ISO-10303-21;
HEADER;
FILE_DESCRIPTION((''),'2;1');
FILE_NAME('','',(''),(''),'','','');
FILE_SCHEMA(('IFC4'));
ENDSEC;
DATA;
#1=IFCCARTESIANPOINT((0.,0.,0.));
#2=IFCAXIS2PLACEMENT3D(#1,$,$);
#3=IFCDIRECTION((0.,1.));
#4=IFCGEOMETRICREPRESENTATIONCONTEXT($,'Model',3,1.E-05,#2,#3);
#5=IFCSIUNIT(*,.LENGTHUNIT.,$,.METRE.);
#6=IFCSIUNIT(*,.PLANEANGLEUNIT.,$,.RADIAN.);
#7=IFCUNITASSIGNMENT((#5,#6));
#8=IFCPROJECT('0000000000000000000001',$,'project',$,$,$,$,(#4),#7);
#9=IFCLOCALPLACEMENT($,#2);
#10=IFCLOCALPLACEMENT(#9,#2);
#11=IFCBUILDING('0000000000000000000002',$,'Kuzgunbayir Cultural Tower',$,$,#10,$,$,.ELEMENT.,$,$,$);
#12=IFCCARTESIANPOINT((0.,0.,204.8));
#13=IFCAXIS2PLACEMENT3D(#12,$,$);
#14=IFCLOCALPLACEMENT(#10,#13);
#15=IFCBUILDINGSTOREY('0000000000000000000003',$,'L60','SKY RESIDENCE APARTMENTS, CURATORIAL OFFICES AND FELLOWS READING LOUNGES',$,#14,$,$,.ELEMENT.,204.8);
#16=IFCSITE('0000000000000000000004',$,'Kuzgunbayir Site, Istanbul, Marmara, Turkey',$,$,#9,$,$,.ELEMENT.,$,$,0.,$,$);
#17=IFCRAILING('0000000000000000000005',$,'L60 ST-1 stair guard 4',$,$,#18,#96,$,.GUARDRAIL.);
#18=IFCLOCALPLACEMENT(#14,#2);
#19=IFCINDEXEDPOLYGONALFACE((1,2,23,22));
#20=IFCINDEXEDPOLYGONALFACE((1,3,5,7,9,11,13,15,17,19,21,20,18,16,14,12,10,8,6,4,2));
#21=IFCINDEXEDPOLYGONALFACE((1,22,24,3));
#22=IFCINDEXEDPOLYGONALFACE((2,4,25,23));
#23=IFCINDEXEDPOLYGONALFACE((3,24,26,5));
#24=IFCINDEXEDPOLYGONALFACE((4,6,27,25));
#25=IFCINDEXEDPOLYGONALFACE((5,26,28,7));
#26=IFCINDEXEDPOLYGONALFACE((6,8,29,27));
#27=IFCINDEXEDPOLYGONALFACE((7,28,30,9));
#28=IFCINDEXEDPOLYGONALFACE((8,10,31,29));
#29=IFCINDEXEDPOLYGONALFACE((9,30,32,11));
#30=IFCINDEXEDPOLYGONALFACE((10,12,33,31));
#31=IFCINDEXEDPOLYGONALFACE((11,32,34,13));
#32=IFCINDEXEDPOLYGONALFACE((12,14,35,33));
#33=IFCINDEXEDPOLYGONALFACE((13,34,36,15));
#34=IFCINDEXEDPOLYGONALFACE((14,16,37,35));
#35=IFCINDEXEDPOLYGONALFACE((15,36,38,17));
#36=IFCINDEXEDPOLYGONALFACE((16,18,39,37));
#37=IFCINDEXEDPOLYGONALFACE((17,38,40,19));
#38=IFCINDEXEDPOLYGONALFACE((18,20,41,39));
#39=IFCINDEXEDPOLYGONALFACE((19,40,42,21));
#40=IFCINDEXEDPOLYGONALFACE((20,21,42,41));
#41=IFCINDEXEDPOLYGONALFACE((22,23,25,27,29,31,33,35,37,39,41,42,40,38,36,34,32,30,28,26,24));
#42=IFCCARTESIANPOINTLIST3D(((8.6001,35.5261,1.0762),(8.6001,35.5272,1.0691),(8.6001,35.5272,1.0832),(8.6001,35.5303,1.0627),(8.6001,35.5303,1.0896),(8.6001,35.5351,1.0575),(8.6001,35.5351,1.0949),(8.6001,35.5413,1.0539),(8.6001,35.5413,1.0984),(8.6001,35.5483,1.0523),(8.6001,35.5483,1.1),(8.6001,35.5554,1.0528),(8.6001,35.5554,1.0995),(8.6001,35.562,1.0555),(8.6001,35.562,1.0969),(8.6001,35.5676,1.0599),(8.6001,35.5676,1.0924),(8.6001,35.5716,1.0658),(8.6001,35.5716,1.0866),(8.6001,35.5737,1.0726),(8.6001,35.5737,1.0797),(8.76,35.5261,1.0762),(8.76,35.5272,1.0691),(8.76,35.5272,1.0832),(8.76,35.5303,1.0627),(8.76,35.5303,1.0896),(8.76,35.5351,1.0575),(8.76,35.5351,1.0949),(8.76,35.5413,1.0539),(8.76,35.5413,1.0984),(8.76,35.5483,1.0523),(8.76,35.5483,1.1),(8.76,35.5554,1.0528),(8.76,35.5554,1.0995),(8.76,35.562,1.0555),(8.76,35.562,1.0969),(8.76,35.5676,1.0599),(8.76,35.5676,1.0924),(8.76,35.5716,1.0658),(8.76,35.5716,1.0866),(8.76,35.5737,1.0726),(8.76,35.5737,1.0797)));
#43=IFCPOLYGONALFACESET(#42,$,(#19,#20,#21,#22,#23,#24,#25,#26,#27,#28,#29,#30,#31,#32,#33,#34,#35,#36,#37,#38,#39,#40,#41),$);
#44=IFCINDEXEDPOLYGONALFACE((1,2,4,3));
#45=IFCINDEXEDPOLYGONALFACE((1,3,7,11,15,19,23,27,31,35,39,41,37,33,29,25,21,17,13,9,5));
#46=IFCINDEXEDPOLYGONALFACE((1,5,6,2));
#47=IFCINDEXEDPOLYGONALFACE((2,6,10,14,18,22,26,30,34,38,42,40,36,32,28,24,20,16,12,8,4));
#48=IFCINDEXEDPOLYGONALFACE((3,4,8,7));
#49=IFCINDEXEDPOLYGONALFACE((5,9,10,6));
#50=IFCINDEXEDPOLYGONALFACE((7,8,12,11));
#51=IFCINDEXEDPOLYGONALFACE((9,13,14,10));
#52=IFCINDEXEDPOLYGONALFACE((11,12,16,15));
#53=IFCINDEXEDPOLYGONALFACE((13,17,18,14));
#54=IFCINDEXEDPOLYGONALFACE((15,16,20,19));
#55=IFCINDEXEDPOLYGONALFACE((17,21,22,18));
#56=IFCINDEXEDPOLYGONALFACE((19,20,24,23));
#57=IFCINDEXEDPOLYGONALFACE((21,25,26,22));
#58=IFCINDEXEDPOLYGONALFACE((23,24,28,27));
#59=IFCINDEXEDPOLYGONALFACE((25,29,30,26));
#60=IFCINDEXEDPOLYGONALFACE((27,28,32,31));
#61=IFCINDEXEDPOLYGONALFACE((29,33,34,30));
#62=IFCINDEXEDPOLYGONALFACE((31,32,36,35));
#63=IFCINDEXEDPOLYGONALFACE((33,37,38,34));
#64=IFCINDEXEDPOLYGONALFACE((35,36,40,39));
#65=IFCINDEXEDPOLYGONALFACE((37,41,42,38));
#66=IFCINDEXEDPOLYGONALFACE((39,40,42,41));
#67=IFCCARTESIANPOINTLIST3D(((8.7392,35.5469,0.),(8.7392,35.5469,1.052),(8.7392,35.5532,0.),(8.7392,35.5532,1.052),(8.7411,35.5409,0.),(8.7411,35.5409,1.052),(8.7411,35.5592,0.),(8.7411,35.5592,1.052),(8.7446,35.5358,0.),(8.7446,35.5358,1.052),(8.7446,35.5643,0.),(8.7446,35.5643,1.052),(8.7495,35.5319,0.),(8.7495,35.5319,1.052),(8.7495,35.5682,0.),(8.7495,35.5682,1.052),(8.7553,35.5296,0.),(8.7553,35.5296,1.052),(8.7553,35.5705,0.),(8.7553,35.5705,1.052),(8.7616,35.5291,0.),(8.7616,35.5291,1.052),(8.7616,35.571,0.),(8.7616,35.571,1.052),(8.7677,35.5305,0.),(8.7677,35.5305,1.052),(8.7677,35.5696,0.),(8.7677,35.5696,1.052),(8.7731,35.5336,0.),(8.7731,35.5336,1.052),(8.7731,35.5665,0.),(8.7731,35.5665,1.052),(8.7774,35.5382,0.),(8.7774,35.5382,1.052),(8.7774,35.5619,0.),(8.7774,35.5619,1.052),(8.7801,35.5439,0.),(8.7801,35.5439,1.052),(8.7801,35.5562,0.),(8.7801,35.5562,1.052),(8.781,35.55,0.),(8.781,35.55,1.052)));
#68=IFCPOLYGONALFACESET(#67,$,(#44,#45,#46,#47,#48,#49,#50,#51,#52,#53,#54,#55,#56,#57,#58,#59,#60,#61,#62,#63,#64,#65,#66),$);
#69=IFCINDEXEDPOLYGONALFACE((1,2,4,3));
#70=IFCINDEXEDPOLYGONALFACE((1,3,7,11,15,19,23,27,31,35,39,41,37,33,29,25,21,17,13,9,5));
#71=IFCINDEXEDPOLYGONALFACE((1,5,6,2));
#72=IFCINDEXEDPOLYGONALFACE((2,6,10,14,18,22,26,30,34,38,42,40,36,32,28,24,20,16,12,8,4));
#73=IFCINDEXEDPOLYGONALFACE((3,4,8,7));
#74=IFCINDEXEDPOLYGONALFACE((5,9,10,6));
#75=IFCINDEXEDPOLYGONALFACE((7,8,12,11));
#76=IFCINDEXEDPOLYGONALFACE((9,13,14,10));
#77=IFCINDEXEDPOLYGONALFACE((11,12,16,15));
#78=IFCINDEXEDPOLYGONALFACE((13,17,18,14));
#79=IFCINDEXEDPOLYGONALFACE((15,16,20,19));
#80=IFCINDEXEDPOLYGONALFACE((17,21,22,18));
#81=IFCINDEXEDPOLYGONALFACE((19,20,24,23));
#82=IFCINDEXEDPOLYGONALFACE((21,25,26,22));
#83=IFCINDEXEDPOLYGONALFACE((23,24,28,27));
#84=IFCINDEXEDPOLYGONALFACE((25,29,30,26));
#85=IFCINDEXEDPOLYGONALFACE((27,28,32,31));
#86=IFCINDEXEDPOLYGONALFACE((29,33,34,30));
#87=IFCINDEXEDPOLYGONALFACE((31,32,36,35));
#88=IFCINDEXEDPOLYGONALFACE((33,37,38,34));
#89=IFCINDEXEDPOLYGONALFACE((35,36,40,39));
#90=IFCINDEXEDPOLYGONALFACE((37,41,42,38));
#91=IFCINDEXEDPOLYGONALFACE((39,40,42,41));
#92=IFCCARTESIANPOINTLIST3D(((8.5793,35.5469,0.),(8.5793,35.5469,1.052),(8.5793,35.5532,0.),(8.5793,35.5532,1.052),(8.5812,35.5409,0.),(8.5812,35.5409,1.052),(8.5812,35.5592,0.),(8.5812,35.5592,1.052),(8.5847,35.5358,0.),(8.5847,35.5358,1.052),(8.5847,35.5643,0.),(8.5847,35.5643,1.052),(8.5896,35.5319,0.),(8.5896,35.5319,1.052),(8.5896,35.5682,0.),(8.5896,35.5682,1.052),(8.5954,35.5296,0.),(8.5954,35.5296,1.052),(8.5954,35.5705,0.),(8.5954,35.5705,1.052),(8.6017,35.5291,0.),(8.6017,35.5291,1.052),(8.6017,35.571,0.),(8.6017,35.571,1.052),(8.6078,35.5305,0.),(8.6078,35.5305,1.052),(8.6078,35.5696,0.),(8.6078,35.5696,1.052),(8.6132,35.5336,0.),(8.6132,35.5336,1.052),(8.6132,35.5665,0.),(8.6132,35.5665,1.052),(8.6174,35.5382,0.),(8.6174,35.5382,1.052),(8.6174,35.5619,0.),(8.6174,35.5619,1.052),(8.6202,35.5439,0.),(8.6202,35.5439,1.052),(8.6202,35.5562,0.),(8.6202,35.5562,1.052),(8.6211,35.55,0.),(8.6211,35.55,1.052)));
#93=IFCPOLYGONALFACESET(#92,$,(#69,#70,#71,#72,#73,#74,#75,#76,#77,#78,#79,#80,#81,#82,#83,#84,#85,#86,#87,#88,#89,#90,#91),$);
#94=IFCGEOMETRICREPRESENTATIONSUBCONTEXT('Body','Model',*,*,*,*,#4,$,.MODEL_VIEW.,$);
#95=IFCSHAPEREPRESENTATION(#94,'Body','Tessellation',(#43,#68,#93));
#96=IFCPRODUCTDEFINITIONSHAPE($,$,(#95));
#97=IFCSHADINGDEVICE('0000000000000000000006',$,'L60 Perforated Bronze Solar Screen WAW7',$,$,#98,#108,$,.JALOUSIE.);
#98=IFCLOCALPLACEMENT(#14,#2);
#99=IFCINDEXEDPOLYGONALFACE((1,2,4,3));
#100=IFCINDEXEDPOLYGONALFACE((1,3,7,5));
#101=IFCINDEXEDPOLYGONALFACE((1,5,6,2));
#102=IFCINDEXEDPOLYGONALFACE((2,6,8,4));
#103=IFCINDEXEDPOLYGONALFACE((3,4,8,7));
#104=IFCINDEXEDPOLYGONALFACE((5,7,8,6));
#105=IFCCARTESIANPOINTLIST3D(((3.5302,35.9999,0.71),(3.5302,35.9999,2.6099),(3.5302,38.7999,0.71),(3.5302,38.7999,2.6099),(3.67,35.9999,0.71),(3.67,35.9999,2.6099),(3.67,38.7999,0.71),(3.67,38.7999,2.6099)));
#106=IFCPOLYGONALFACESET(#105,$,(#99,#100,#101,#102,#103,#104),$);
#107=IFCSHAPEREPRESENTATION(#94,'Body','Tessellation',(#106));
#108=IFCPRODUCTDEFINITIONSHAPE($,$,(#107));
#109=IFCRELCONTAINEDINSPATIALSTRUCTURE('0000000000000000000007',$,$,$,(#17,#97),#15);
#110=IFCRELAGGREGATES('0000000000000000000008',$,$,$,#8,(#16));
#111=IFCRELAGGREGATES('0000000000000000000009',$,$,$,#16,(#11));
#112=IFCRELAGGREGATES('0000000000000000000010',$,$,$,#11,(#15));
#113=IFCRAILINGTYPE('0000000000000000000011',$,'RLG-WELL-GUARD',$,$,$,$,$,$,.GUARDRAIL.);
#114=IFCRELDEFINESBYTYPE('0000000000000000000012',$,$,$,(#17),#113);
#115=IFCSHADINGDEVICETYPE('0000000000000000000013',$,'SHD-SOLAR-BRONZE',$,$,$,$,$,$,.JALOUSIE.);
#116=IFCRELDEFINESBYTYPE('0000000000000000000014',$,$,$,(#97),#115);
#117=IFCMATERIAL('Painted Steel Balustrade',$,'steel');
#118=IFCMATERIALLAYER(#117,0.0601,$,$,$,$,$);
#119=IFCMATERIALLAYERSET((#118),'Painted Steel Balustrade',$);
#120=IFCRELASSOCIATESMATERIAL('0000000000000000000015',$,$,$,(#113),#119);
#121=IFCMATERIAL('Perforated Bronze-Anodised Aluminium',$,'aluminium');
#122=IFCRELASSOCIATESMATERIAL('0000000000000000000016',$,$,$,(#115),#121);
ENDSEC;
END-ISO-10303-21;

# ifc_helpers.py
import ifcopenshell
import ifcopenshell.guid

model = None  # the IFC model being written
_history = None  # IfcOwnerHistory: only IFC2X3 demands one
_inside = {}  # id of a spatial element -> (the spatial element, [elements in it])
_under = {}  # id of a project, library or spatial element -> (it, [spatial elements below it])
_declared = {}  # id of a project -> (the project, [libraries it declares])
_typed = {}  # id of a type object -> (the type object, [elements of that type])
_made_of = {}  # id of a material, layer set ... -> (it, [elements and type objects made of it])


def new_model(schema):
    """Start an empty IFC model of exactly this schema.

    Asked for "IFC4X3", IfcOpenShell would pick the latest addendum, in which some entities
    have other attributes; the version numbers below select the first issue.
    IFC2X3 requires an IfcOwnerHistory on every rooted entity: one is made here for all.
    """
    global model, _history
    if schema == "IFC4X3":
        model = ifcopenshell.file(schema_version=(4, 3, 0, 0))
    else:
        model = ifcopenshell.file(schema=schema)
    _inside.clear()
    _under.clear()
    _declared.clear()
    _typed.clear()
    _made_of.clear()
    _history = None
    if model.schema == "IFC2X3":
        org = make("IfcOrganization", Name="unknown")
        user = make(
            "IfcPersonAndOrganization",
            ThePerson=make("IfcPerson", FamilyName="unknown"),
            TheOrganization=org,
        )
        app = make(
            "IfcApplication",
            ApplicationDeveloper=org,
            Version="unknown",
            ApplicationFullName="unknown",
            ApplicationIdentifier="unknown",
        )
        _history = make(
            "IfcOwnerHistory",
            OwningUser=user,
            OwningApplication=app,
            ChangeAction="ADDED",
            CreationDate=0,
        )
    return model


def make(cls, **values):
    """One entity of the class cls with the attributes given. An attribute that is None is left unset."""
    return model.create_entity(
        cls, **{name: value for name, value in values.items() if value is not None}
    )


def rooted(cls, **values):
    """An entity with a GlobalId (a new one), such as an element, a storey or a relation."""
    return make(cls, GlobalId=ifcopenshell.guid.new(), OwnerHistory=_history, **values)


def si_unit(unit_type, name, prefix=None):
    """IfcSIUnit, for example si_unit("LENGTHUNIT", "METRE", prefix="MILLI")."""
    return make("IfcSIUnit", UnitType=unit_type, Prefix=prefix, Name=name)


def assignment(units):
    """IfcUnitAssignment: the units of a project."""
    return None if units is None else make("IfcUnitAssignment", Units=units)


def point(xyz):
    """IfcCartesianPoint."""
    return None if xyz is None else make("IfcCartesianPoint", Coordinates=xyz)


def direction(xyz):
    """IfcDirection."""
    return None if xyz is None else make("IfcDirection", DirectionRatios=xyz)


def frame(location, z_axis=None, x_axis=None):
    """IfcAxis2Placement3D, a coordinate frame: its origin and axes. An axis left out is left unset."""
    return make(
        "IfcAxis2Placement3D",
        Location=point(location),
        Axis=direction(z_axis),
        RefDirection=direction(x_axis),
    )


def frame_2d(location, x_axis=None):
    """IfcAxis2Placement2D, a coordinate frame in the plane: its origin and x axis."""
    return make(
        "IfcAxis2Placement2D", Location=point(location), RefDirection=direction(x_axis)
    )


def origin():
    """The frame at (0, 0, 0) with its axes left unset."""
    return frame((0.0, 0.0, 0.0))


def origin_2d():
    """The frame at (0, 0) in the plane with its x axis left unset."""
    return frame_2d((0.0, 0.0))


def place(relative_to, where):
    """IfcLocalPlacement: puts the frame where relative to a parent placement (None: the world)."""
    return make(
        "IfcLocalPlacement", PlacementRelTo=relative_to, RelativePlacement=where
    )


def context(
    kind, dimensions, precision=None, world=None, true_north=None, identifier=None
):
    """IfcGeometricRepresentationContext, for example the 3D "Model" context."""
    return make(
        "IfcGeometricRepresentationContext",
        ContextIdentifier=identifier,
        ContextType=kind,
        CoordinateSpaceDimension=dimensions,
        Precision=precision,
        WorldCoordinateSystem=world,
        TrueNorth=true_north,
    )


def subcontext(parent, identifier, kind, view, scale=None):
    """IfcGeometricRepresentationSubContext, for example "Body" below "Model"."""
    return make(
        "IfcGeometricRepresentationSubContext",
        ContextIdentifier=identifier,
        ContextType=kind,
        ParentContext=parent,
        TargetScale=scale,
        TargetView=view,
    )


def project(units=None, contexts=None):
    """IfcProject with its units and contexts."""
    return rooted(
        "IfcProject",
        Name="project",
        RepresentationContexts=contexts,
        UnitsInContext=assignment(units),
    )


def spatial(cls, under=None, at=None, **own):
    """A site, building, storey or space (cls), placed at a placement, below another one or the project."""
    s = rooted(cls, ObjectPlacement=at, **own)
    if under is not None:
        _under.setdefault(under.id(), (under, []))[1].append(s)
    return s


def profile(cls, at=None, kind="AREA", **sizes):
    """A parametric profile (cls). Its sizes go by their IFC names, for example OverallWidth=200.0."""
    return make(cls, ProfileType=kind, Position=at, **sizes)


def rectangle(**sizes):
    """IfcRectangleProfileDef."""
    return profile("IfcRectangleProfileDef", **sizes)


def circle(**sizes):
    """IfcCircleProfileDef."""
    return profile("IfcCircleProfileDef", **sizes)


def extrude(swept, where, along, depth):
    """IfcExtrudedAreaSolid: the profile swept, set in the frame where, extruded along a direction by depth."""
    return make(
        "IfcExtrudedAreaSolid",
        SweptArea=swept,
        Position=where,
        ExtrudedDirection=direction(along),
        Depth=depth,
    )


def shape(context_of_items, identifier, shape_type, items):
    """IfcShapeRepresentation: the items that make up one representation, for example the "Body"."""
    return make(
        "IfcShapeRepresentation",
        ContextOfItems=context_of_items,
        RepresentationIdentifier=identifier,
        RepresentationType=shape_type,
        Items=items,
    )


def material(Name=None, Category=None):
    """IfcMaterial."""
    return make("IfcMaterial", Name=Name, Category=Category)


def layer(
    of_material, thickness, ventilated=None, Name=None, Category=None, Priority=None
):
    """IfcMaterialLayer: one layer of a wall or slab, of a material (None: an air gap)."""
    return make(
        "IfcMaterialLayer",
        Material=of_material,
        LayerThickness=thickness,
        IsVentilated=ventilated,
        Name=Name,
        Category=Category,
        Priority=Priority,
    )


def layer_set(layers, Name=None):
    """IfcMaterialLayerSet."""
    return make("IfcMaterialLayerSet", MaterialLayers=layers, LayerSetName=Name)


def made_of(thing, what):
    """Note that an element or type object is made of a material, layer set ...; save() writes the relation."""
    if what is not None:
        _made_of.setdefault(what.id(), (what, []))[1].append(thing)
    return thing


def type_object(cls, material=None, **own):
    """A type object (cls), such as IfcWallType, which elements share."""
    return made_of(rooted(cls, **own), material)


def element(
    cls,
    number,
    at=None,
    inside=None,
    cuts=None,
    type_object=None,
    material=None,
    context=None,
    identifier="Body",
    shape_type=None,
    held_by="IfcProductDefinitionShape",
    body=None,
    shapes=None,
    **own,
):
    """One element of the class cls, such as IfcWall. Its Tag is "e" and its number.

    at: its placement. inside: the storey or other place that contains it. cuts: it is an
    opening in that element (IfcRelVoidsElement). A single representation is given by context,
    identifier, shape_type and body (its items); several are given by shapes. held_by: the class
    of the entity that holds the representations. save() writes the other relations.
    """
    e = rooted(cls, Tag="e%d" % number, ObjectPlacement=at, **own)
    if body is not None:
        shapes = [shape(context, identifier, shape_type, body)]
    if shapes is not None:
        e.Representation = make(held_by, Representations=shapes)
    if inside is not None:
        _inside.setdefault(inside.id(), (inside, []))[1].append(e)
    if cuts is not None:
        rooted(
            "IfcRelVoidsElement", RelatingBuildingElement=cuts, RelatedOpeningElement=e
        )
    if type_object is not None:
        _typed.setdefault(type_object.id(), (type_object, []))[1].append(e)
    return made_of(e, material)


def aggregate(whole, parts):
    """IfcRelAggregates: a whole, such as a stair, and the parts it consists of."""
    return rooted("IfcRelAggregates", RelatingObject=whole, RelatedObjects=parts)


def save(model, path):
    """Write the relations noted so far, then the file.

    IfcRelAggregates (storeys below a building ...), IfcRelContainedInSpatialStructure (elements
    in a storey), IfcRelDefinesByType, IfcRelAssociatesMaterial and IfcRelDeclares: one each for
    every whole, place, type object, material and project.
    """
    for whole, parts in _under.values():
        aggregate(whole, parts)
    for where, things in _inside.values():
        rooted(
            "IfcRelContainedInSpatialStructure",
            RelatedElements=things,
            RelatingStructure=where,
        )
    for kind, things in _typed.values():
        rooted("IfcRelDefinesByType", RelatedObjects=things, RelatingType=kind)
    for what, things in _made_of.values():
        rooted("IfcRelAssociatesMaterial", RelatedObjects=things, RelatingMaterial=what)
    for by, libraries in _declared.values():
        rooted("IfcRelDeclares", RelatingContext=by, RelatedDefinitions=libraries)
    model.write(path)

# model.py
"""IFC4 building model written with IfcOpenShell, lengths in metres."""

from ifc_helpers import new_model, si_unit, direction, frame, origin, origin_2d, place, context, subcontext, project, spatial, rectangle, circle, extrude, material, layer, layer_set, type_object, element, save


model = new_model("IFC4")

# Units and contexts
model_context = context("Model", 3, precision=1e-05, world=origin(), true_north=direction((0.0, 1.0)))
body_context = subcontext(model_context, "Body", "Model", "MODEL_VIEW")
ifc_project = project(units=[si_unit("LENGTHUNIT", "METRE"), si_unit("PLANEANGLEUNIT", "RADIAN")], contexts=[model_context])

# Site, building, storey
site_placement = place(None, origin())
site = spatial("IfcSite", under=ifc_project, at=site_placement, Name="Kuzgunbayir Site, Istanbul, Marmara, Turkey", CompositionType="ELEMENT", RefElevation=0.0)
building_placement = place(site_placement, origin())
building = spatial("IfcBuilding", under=site, at=building_placement, Name="Kuzgunbayir Cultural Tower", CompositionType="ELEMENT")
storey_placement = place(building_placement, frame((0.0, 0.0, 204.8)))
storey = spatial("IfcBuildingStorey", under=building, at=storey_placement, Name="L60", Description="SKY RESIDENCE APARTMENTS, CURATORIAL OFFICES AND FELLOWS READING LOUNGES", CompositionType="ELEMENT", Elevation=204.8)

# Railing
ifc_material_1 = material(Name="Painted Steel Balustrade", Category="steel")
ifc_layer_1 = layer(ifc_material_1, 0.0601)
ifc_layer_set_1 = layer_set([ifc_layer_1], Name="Painted Steel Balustrade")
railing_type_1 = type_object("IfcRailingType", Name="RLG-WELL-GUARD", PredefinedType="GUARDRAIL", material=ifc_layer_set_1)
railing_1_placement = place(storey_placement, frame((8.76, 35.55, 0.0)))
element("IfcRailing", 1, at=railing_1_placement, inside=storey, type_object=railing_type_1, Name="L60 ST-1 stair guard 4", PredefinedType="GUARDRAIL", context=body_context, shape_type="SweptSolid", body=[
    extrude(circle(Radius=0.0239, at=origin_2d()), frame((0.0, 0.0, 1.0762), z_axis=(-1.0, 0.0, 0.0), x_axis=(0.0, -1.0, 0.0)), (0.0, 0.0, 1.0), 0.1599),
    extrude(circle(Radius=0.021, at=origin_2d()), origin(), (0.0, 0.0, 1.0), 1.052),
    extrude(circle(Radius=0.021, at=origin_2d()), frame((-0.1599, 0.0, 0.0)), (0.0, 0.0, 1.0), 1.052),
])

# Shading device
ifc_material_2 = material(Name="Perforated Bronze-Anodised Aluminium", Category="aluminium")
shading_device_type = type_object("IfcShadingDeviceType", Name="SHD-SOLAR-BRONZE", PredefinedType="JALOUSIE", material=ifc_material_2)
shading_device_placement = place(storey_placement, frame((3.6001, 37.3999, 0.71), z_axis=(0.0, 0.0, 1.0), x_axis=(1.0, 0.0, 0.0)))
element("IfcShadingDevice", 2, at=shading_device_placement, inside=storey, type_object=shading_device_type, Name="L60 Perforated Bronze Solar Screen WAW7", PredefinedType="JALOUSIE", context=body_context, shape_type="SweptSolid", body=[
    extrude(rectangle(XDim=0.1399, YDim=2.8, at=origin_2d()), origin(), (0.0, 0.0, 1.0), 1.8999),
])

save(model, "model.ifc")
